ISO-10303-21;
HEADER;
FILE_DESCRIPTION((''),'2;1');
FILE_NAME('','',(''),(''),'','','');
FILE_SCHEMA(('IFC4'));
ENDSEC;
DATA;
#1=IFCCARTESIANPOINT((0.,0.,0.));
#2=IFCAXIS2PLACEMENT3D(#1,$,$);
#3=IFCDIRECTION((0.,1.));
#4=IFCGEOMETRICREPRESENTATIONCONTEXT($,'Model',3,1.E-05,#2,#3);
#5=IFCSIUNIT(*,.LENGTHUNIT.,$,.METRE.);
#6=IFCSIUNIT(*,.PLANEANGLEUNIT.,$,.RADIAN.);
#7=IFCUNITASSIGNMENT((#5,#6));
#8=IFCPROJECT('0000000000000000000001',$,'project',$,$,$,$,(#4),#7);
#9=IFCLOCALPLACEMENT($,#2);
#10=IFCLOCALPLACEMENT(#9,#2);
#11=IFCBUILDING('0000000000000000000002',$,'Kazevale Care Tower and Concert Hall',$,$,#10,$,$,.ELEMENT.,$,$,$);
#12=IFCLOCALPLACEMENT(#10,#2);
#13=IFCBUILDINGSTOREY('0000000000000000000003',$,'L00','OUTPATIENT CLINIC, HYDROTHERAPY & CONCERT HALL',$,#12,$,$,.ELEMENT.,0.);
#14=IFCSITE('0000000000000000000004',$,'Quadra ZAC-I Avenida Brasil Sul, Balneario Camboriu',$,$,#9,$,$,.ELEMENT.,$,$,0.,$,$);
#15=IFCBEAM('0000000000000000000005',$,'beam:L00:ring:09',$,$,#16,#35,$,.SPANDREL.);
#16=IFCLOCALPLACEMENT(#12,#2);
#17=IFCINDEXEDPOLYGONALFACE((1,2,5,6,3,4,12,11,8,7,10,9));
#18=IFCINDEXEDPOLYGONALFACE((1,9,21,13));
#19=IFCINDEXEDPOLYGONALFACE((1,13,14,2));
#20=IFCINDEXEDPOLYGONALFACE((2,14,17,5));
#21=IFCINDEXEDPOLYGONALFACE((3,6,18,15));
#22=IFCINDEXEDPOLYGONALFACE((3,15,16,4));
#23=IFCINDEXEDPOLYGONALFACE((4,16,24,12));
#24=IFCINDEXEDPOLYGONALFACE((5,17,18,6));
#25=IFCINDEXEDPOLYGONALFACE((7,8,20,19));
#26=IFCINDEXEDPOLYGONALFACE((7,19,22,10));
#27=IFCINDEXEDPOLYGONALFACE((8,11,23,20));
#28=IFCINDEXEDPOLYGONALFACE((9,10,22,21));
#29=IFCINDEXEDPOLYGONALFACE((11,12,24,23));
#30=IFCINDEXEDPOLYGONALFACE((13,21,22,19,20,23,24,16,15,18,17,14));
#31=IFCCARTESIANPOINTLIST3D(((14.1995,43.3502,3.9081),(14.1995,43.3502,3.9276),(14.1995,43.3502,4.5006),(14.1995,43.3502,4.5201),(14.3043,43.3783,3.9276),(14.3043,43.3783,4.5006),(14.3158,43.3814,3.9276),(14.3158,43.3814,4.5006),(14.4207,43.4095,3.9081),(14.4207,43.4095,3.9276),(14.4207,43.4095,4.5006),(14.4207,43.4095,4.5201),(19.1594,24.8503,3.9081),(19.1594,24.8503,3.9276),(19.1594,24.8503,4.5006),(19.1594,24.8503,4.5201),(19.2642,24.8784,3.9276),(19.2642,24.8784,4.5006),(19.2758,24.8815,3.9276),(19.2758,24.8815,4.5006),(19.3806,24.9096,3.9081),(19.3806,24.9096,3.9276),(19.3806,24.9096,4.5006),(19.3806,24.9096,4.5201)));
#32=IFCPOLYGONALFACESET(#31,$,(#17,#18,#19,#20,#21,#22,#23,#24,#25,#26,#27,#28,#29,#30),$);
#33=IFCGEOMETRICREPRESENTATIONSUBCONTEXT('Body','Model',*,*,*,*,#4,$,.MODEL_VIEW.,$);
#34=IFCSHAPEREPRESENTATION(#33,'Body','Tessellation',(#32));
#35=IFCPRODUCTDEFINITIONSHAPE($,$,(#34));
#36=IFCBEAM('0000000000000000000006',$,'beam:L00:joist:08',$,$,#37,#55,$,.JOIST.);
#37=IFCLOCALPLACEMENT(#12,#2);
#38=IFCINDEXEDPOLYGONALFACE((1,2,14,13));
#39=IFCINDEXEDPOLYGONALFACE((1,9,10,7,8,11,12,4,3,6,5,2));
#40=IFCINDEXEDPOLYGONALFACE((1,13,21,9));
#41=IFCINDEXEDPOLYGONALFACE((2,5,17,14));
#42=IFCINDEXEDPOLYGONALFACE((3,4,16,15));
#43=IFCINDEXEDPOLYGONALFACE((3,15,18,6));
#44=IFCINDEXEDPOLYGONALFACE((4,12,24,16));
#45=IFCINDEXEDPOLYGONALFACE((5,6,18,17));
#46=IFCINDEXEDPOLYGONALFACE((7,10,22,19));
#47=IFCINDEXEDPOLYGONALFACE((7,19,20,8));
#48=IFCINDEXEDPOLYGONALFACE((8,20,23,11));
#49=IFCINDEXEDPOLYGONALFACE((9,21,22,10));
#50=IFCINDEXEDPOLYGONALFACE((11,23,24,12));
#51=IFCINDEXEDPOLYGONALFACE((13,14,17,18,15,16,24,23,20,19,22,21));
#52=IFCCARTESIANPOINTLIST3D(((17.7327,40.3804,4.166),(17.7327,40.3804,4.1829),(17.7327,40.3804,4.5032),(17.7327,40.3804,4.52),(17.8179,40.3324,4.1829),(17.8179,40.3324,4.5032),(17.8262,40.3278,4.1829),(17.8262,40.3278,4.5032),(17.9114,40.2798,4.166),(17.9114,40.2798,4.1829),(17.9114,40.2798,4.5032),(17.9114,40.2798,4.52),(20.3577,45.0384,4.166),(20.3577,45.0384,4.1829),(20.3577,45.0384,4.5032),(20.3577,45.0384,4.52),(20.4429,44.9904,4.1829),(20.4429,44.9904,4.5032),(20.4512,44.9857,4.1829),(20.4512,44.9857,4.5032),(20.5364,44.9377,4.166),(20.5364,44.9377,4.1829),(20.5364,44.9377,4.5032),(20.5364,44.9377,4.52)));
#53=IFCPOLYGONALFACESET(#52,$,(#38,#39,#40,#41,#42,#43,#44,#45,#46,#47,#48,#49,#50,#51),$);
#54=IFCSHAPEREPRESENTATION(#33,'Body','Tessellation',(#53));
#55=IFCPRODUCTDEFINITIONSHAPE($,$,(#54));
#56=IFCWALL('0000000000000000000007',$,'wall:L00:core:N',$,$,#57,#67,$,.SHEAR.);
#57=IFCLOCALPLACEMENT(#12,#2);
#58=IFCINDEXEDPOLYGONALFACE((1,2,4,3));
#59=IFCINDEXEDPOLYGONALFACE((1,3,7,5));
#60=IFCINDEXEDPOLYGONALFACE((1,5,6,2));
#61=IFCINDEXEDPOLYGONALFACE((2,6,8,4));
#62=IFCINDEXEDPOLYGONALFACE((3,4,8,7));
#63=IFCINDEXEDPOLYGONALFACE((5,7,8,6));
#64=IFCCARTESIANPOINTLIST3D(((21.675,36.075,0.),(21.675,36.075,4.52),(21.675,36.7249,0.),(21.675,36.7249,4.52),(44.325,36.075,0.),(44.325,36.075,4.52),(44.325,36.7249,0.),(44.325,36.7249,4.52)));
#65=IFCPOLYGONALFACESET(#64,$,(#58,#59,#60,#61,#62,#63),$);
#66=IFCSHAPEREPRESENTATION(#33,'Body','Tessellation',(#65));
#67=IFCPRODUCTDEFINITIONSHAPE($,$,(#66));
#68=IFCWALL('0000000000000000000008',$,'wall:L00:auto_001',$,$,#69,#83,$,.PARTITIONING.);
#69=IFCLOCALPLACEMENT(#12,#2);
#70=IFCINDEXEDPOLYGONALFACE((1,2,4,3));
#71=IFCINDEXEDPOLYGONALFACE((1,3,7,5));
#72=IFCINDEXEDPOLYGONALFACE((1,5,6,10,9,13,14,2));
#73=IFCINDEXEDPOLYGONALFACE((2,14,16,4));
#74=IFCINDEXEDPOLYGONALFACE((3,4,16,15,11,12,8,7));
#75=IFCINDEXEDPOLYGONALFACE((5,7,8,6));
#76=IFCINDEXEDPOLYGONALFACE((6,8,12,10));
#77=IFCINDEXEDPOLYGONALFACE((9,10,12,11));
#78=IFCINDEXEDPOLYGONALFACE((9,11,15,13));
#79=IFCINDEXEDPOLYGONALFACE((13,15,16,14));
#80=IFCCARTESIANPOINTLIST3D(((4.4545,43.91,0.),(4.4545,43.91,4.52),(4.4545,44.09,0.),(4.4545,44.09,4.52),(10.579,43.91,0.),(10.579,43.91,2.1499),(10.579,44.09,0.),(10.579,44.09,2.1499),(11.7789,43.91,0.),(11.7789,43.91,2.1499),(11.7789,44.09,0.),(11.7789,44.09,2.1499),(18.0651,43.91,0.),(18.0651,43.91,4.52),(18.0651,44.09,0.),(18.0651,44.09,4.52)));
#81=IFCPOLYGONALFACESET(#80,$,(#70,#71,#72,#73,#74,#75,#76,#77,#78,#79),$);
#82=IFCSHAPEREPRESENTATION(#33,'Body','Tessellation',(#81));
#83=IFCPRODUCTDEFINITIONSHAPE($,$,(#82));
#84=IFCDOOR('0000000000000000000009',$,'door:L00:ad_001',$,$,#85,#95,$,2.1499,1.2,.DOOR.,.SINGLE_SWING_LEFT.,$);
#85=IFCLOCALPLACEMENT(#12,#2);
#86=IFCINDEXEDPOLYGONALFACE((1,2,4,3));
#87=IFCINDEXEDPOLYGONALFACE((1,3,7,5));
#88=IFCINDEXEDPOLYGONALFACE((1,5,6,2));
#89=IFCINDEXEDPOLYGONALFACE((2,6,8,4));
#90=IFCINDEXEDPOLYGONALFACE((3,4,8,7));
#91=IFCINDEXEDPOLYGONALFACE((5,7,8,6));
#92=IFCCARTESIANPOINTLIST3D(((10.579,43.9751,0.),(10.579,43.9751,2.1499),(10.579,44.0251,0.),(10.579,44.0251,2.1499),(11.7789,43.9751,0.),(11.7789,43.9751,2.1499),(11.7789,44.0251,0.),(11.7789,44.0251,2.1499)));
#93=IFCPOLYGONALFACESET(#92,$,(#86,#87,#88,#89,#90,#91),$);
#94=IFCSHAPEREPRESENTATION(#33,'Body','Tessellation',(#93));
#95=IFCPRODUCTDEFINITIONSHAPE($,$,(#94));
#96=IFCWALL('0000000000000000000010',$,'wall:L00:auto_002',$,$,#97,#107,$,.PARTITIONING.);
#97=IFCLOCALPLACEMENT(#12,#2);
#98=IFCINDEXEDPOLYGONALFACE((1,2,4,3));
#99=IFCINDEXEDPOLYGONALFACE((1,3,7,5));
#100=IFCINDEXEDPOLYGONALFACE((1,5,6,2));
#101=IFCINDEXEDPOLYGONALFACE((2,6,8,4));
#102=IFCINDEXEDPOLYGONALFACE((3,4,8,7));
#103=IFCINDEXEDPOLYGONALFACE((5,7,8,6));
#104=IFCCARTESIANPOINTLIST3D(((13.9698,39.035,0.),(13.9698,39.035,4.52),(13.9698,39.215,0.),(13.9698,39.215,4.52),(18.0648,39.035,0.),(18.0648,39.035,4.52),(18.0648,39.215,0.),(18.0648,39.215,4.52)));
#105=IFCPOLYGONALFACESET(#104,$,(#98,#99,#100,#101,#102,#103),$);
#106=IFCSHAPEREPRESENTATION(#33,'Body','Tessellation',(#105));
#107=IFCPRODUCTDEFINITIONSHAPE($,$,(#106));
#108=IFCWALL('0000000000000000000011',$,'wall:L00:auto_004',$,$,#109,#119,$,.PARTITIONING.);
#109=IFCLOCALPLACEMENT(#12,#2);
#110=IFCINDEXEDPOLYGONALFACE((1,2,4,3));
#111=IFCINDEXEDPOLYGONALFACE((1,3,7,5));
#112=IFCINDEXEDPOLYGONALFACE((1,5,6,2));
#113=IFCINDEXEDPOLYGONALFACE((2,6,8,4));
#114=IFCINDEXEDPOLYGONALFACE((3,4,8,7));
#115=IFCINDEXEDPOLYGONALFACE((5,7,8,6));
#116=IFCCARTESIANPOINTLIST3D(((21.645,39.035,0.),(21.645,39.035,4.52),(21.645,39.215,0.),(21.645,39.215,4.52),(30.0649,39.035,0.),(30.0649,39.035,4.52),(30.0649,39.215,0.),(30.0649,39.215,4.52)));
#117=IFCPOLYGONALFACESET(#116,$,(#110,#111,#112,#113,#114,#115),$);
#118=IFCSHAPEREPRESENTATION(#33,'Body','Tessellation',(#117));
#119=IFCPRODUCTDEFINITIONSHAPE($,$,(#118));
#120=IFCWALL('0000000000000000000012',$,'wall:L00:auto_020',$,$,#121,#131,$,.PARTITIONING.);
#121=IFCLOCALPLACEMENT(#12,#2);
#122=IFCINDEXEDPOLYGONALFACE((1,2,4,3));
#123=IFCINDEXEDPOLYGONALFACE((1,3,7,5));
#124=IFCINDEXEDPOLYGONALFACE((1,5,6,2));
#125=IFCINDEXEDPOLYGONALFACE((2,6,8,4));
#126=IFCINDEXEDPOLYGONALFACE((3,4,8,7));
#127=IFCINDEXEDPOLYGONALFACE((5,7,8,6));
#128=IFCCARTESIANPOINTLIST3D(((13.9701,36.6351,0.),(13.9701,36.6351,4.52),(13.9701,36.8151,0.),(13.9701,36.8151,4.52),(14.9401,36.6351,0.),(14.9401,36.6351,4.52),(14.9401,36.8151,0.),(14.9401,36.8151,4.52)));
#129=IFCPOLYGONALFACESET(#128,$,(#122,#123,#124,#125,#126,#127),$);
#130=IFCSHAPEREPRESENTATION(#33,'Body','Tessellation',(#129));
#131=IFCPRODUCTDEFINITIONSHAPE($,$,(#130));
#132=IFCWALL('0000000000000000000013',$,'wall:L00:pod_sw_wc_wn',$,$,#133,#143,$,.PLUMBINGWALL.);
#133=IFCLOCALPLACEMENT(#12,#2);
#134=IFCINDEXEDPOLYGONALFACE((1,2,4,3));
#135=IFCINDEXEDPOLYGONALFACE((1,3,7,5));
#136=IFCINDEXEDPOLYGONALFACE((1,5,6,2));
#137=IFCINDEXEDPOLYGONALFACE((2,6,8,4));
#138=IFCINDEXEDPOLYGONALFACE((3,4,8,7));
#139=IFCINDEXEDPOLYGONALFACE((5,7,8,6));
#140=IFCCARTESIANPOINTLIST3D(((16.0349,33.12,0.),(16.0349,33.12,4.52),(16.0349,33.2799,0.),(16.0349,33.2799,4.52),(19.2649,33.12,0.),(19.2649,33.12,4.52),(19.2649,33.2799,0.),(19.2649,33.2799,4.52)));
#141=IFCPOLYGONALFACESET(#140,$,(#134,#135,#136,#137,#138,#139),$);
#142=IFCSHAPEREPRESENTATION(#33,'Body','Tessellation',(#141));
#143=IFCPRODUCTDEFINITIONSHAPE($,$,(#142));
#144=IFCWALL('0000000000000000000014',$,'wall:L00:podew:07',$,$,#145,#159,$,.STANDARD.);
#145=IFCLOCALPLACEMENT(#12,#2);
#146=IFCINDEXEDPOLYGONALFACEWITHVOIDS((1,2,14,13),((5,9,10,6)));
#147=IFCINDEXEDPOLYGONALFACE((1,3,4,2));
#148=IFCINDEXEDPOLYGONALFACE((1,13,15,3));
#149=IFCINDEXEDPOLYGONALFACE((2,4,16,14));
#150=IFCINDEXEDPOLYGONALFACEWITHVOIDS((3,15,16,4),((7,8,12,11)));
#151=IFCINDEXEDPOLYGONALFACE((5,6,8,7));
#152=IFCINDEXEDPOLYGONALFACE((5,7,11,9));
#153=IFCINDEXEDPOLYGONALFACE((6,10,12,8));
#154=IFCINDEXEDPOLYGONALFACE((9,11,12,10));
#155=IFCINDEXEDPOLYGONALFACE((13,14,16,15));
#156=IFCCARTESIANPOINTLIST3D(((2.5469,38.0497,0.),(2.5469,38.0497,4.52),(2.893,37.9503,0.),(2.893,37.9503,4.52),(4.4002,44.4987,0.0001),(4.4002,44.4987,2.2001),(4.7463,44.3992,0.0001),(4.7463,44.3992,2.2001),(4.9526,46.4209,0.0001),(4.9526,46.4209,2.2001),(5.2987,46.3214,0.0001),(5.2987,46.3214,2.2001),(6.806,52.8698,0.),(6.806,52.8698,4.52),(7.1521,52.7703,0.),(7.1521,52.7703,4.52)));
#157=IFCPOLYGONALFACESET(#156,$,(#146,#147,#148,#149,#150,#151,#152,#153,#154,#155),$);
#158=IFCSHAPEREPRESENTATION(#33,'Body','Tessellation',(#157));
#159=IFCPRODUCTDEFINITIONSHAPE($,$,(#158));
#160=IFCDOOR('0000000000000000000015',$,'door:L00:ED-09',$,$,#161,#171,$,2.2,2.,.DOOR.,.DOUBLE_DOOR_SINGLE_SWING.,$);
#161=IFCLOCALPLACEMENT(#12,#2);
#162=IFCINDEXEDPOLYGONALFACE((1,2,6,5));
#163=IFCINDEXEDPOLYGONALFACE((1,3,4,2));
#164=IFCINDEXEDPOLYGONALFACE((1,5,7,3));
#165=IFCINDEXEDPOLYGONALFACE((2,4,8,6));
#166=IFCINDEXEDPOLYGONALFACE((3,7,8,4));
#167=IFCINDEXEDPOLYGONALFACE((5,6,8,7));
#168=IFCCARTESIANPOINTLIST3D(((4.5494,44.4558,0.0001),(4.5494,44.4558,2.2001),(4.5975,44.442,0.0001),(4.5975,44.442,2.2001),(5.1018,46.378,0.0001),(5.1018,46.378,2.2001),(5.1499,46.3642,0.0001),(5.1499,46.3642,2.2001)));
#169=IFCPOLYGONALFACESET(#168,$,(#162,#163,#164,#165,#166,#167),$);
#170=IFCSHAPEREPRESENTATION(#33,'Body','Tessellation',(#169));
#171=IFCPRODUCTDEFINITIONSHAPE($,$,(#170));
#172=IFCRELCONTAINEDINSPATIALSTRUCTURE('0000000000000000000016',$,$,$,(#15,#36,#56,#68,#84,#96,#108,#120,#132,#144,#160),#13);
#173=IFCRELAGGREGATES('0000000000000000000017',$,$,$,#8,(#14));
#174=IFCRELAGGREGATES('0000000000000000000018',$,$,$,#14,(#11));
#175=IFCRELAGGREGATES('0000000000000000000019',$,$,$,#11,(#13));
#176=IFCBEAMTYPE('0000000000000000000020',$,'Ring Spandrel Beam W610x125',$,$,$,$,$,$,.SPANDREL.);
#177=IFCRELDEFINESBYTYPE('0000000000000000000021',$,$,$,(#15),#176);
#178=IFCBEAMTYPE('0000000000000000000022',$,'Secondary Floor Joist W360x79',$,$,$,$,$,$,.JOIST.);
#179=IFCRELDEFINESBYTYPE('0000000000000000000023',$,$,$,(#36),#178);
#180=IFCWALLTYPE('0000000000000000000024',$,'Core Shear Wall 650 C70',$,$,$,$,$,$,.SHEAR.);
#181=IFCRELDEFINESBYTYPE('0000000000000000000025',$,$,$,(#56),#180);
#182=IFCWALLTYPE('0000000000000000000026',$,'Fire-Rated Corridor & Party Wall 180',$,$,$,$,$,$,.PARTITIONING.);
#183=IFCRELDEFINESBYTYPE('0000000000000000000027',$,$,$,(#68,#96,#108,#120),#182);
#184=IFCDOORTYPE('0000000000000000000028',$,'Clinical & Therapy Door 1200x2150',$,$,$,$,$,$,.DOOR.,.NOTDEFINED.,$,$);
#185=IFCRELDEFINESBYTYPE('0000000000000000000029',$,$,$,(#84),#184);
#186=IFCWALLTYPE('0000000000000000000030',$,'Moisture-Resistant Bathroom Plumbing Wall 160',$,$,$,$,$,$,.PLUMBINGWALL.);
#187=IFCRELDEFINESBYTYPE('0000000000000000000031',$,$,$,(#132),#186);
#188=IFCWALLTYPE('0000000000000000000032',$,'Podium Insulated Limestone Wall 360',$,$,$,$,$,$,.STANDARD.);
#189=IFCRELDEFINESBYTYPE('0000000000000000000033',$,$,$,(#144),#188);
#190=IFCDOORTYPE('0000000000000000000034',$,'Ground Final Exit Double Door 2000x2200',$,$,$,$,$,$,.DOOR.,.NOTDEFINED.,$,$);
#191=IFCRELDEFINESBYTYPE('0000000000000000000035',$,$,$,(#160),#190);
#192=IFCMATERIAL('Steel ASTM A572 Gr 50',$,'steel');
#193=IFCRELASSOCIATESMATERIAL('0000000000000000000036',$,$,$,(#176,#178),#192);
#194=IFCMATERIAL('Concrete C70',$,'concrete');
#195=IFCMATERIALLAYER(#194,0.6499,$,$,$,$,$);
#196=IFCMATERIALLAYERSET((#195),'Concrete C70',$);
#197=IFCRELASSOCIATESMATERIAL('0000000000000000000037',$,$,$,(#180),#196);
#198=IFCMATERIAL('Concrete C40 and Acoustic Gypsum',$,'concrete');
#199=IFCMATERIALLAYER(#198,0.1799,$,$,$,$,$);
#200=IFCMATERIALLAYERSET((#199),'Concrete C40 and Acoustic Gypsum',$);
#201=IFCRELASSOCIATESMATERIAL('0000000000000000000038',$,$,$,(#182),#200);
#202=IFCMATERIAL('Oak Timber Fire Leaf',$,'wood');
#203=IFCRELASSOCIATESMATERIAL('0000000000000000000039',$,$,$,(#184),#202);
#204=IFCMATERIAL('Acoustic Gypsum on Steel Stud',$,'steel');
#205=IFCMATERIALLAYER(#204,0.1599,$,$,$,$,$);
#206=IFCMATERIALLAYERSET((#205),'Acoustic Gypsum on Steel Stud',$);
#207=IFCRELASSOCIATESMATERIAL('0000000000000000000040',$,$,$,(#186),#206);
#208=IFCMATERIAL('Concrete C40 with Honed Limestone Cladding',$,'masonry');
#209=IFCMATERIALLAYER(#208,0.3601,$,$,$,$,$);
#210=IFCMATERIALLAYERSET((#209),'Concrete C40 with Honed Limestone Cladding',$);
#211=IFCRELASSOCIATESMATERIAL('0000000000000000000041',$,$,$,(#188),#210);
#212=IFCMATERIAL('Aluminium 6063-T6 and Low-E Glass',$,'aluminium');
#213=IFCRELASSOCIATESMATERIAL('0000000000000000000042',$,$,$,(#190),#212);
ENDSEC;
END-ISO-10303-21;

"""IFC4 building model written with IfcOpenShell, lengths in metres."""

from ifc_helpers import new_model, si_unit, direction, frame, frame_2d, origin, origin_2d, place, context, subcontext, project, spatial, rectangle, i_section, extrude, material, layer, layer_set, material_profile, profile_set, type_object, element, fill, save


model = new_model("IFC4")

# Units and contexts
model_context = context("Model", 3, precision=1e-05, world=origin(), true_north=direction((0.0, 1.0)))
body_context = subcontext(model_context, "Body", "Model", "MODEL_VIEW")
ifc_project = project(units=[si_unit("LENGTHUNIT", "METRE"), si_unit("PLANEANGLEUNIT", "RADIAN")], contexts=[model_context])

# Site, building, storey
site_placement = place(None, origin())
site = spatial("IfcSite", under=ifc_project, at=site_placement, Name="Quadra ZAC-I Avenida Brasil Sul, Balneario Camboriu", CompositionType="ELEMENT", RefElevation=0.0)
building_placement = place(site_placement, origin())
building = spatial("IfcBuilding", under=site, at=building_placement, Name="Kazevale Care Tower and Concert Hall", CompositionType="ELEMENT")
storey_placement = place(building_placement, origin())
storey = spatial("IfcBuildingStorey", under=building, at=storey_placement, Name="L00", Description="OUTPATIENT CLINIC, HYDROTHERAPY & CONCERT HALL", CompositionType="ELEMENT", Elevation=0.0)

# Shared definitions
ifc_material_1 = material(Name="Concrete C70", Category="concrete")

# Beams
ifc_material_2 = material(Name="Steel ASTM A572 Gr 50", Category="steel")
ifc_material_profile_1 = material_profile(ifc_material_2, i_section(OverallWidth=0.229, OverallDepth=0.6121, WebThickness=0.012, FlangeThickness=0.0195, at=origin_2d()), Name="W610x125")
ifc_profile_set_1 = profile_set([ifc_material_profile_1], Name="Steel ASTM A572 Gr 50")
beam_type_1 = type_object("IfcBeamType", Name="Ring Spandrel Beam W610x125", PredefinedType="SPANDREL", material=ifc_profile_set_1)
beam_1_placement = place(storey_placement, frame((14.3101, 43.3799, 4.2141), z_axis=(0.25896, -0.965888, 0.0), x_axis=(0.965888, 0.25896, 0.0)))
element("IfcBeam", 1, at=beam_1_placement, inside=storey, type_object=beam_type_1, Name="beam:L00:ring:09", PredefinedType="SPANDREL", context=body_context, shape_type="SweptSolid", body=[
    extrude(i_section(OverallWidth=0.229, OverallDepth=0.6121, WebThickness=0.012, FlangeThickness=0.0195, at=origin_2d()), origin(), (0.0, 0.0, 1.0), 19.1533),
])
ifc_material_profile_2 = material_profile(ifc_material_2, i_section(OverallWidth=0.2051, OverallDepth=0.354, WebThickness=0.0095, FlangeThickness=0.0168, at=origin_2d()), Name="W360x79")
ifc_profile_set_2 = profile_set([ifc_material_profile_2], Name="Steel ASTM A572 Gr 50")
beam_type_2 = type_object("IfcBeamType", Name="Secondary Floor Joist W360x79", PredefinedType="JOIST", material=ifc_profile_set_2)
beam_2_placement = place(storey_placement, frame((20.447, 44.988, 4.343), z_axis=(-0.490957, -0.871184, 0.0), x_axis=(0.871184, -0.490957, 0.0)))
element("IfcBeam", 2, at=beam_2_placement, inside=storey, type_object=beam_type_2, Name="beam:L00:joist:08", PredefinedType="JOIST", context=body_context, shape_type="SweptSolid", body=[
    extrude(i_section(OverallWidth=0.2051, OverallDepth=0.354, WebThickness=0.0095, FlangeThickness=0.0168, at=origin_2d()), origin(), (0.0, 0.0, 1.0), 5.3467),
])

# Wall
ifc_layer_1 = layer(ifc_material_1, 0.6499)
ifc_layer_set_1 = layer_set([ifc_layer_1], Name="Concrete C70")
wall_type_1 = type_object("IfcWallType", Name="Core Shear Wall 650 C70", PredefinedType="SHEAR", material=ifc_layer_set_1)
wall_1_placement = place(storey_placement, frame((21.675, 36.3999, 0.0), z_axis=(0.0, 0.0, 1.0), x_axis=(1.0, 0.0, 0.0)))
element("IfcWall", 3, at=wall_1_placement, inside=storey, type_object=wall_type_1, Name="wall:L00:core:N", PredefinedType="SHEAR", context=body_context, shape_type="SweptSolid", body=[
    extrude(rectangle(XDim=22.6499, YDim=0.6499, at=frame_2d((11.325, 0.0))), origin(), (0.0, 0.0, 1.0), 4.52),
])

# Wall, opening, door
ifc_material_3 = material(Name="Concrete C40 and Acoustic Gypsum", Category="concrete")
ifc_layer_2 = layer(ifc_material_3, 0.1799)
ifc_layer_set_2 = layer_set([ifc_layer_2], Name="Concrete C40 and Acoustic Gypsum")
wall_type_2 = type_object("IfcWallType", Name="Fire-Rated Corridor & Party Wall 180", PredefinedType="PARTITIONING", material=ifc_layer_set_2)
wall_2_placement = place(storey_placement, frame((18.0649, 44.0, 0.0), z_axis=(0.0, 0.0, 1.0), x_axis=(-1.0, 0.0, 0.0)))
wall_2 = element("IfcWall", 4, at=wall_2_placement, inside=storey, type_object=wall_type_2, Name="wall:L00:auto_001", PredefinedType="PARTITIONING", context=body_context, shape_type="SweptSolid", body=[
    extrude(rectangle(XDim=13.6106, YDim=0.1799, at=frame_2d((6.8052, 0.0))), origin(), (0.0, 0.0, 1.0), 4.52),
])
opening_1_placement = place(wall_2_placement, frame((6.2859, 0.0, 0.0)))
opening_1 = element("IfcOpeningElement", 5, at=opening_1_placement, cuts=wall_2, PredefinedType="OPENING", context=body_context, shape_type="SweptSolid", body=[
    extrude(rectangle(XDim=1.2, YDim=2.1499, at=frame_2d((0.6001, 1.075))), frame((0.0, 0.0999, 0.0), z_axis=(0.0, -1.0, 0.0), x_axis=(1.0, 0.0, 0.0)), (0.0, 0.0, 1.0), 0.2),
])
ifc_material_4 = material(Name="Oak Timber Fire Leaf", Category="wood")
door_type_1 = type_object("IfcDoorType", Name="Clinical & Therapy Door 1200x2150", OperationType="NOTDEFINED", PredefinedType="DOOR", material=ifc_material_4)
door_1_placement = place(opening_1_placement, origin())
door_1 = element("IfcDoor", 6, at=door_1_placement, inside=storey, type_object=door_type_1, Name="door:L00:ad_001", OperationType="SINGLE_SWING_LEFT", OverallHeight=2.1499, OverallWidth=1.2, PredefinedType="DOOR", context=body_context, shape_type="SweptSolid", body=[
    extrude(rectangle(XDim=1.2, YDim=2.1499, at=frame_2d((0.6001, 1.075))), frame((0.0, 0.0249, 0.0), z_axis=(0.0, -1.0, 0.0), x_axis=(1.0, 0.0, 0.0)), (0.0, 0.0, 1.0), 0.05),
])
fill(opening_1, door_1)

# Walls
wall_3_placement = place(storey_placement, frame((13.97, 39.125, 0.0), z_axis=(0.0, 0.0, 1.0), x_axis=(1.0, 0.0, 0.0)))
element("IfcWall", 7, at=wall_3_placement, inside=storey, type_object=wall_type_2, Name="wall:L00:auto_002", PredefinedType="PARTITIONING", context=body_context, shape_type="SweptSolid", body=[
    extrude(rectangle(XDim=4.095, YDim=0.1799, at=frame_2d((2.0474, 0.0))), origin(), (0.0, 0.0, 1.0), 4.52),
])
wall_4_placement = place(storey_placement, frame((21.645, 39.125, 0.0), z_axis=(0.0, 0.0, 1.0), x_axis=(1.0, 0.0, 0.0)))
element("IfcWall", 8, at=wall_4_placement, inside=storey, type_object=wall_type_2, Name="wall:L00:auto_004", PredefinedType="PARTITIONING", context=body_context, shape_type="SweptSolid", body=[
    extrude(rectangle(XDim=8.4199, YDim=0.1799, at=frame_2d((4.21, 0.0))), origin(), (0.0, 0.0, 1.0), 4.52),
])
wall_5_placement = place(storey_placement, frame((14.9399, 36.7251, 0.0), z_axis=(0.0, 0.0, 1.0), x_axis=(-1.0, 0.0, 0.0)))
element("IfcWall", 9, at=wall_5_placement, inside=storey, type_object=wall_type_2, Name="wall:L00:auto_020", PredefinedType="PARTITIONING", context=body_context, shape_type="SweptSolid", body=[
    extrude(rectangle(XDim=0.97, YDim=0.1799, at=frame_2d((0.4849, 0.0))), origin(), (0.0, 0.0, 1.0), 4.52),
])
ifc_material_5 = material(Name="Acoustic Gypsum on Steel Stud", Category="steel")
ifc_layer_3 = layer(ifc_material_5, 0.1599)
ifc_layer_set_3 = layer_set([ifc_layer_3], Name="Acoustic Gypsum on Steel Stud")
wall_type_3 = type_object("IfcWallType", Name="Moisture-Resistant Bathroom Plumbing Wall 160", PredefinedType="PLUMBINGWALL", material=ifc_layer_set_3)
wall_6_placement = place(storey_placement, frame((16.0349, 33.2, 0.0), z_axis=(0.0, 0.0, 1.0), x_axis=(1.0, 0.0, 0.0)))
element("IfcWall", 10, at=wall_6_placement, inside=storey, type_object=wall_type_3, Name="wall:L00:pod_sw_wc_wn", PredefinedType="PLUMBINGWALL", context=body_context, shape_type="SweptSolid", body=[
    extrude(rectangle(XDim=3.23, YDim=0.1599, at=frame_2d((1.615, 0.0))), origin(), (0.0, 0.0, 1.0), 4.52),
])

# Wall, opening, door
ifc_material_6 = material(Name="Concrete C40 with Honed Limestone Cladding", Category="masonry")
ifc_layer_4 = layer(ifc_material_6, 0.3601)
ifc_layer_set_4 = layer_set([ifc_layer_4], Name="Concrete C40 with Honed Limestone Cladding")
wall_type_4 = type_object("IfcWallType", Name="Podium Insulated Limestone Wall 360", PredefinedType="STANDARD", material=ifc_layer_set_4)
wall_7_placement = place(storey_placement, frame((2.72, 38.0, 0.0), z_axis=(0.0, 0.0, 1.0), x_axis=(0.276203, 0.961099, 0.0)))
wall_7 = element("IfcWall", 11, at=wall_7_placement, inside=storey, type_object=wall_type_4, Name="wall:L00:podew:07", PredefinedType="STANDARD", context=body_context, shape_type="SweptSolid", body=[
    extrude(rectangle(XDim=15.4199, YDim=0.3601, at=frame_2d((7.71, 0.0))), origin(), (0.0, 0.0, 1.0), 4.52),
])
opening_2_placement = place(wall_7_placement, frame((6.71, 0.0, 0.0)))
opening_2 = element("IfcOpeningElement", 12, at=opening_2_placement, cuts=wall_7, PredefinedType="OPENING", context=body_context, shape_type="SweptSolid", body=[
    extrude(rectangle(XDim=2.0, YDim=2.2, at=frame_2d((1.0, 1.1001))), frame((0.0, 0.1899, 0.0), z_axis=(0.0, -1.0, 0.0), x_axis=(1.0, 0.0, 0.0)), (0.0, 0.0, 1.0), 0.3801),
])
ifc_material_7 = material(Name="Aluminium 6063-T6 and Low-E Glass", Category="aluminium")
door_type_2 = type_object("IfcDoorType", Name="Ground Final Exit Double Door 2000x2200", OperationType="NOTDEFINED", PredefinedType="DOOR", material=ifc_material_7)
door_2_placement = place(opening_2_placement, origin())
door_2 = element("IfcDoor", 13, at=door_2_placement, inside=storey, type_object=door_type_2, Name="door:L00:ED-09", OperationType="DOUBLE_DOOR_SINGLE_SWING", OverallHeight=2.2, OverallWidth=2.0, PredefinedType="DOOR", context=body_context, shape_type="SweptSolid", body=[
    extrude(rectangle(XDim=2.0, YDim=2.2, at=frame_2d((1.0, 1.1001))), frame((0.0, 0.0249, 0.0), z_axis=(0.0, -1.0, 0.0), x_axis=(1.0, 0.0, 0.0)), (0.0, 0.0, 1.0), 0.05),
])
fill(opening_2, door_2)

save(model, "model.ifc")
